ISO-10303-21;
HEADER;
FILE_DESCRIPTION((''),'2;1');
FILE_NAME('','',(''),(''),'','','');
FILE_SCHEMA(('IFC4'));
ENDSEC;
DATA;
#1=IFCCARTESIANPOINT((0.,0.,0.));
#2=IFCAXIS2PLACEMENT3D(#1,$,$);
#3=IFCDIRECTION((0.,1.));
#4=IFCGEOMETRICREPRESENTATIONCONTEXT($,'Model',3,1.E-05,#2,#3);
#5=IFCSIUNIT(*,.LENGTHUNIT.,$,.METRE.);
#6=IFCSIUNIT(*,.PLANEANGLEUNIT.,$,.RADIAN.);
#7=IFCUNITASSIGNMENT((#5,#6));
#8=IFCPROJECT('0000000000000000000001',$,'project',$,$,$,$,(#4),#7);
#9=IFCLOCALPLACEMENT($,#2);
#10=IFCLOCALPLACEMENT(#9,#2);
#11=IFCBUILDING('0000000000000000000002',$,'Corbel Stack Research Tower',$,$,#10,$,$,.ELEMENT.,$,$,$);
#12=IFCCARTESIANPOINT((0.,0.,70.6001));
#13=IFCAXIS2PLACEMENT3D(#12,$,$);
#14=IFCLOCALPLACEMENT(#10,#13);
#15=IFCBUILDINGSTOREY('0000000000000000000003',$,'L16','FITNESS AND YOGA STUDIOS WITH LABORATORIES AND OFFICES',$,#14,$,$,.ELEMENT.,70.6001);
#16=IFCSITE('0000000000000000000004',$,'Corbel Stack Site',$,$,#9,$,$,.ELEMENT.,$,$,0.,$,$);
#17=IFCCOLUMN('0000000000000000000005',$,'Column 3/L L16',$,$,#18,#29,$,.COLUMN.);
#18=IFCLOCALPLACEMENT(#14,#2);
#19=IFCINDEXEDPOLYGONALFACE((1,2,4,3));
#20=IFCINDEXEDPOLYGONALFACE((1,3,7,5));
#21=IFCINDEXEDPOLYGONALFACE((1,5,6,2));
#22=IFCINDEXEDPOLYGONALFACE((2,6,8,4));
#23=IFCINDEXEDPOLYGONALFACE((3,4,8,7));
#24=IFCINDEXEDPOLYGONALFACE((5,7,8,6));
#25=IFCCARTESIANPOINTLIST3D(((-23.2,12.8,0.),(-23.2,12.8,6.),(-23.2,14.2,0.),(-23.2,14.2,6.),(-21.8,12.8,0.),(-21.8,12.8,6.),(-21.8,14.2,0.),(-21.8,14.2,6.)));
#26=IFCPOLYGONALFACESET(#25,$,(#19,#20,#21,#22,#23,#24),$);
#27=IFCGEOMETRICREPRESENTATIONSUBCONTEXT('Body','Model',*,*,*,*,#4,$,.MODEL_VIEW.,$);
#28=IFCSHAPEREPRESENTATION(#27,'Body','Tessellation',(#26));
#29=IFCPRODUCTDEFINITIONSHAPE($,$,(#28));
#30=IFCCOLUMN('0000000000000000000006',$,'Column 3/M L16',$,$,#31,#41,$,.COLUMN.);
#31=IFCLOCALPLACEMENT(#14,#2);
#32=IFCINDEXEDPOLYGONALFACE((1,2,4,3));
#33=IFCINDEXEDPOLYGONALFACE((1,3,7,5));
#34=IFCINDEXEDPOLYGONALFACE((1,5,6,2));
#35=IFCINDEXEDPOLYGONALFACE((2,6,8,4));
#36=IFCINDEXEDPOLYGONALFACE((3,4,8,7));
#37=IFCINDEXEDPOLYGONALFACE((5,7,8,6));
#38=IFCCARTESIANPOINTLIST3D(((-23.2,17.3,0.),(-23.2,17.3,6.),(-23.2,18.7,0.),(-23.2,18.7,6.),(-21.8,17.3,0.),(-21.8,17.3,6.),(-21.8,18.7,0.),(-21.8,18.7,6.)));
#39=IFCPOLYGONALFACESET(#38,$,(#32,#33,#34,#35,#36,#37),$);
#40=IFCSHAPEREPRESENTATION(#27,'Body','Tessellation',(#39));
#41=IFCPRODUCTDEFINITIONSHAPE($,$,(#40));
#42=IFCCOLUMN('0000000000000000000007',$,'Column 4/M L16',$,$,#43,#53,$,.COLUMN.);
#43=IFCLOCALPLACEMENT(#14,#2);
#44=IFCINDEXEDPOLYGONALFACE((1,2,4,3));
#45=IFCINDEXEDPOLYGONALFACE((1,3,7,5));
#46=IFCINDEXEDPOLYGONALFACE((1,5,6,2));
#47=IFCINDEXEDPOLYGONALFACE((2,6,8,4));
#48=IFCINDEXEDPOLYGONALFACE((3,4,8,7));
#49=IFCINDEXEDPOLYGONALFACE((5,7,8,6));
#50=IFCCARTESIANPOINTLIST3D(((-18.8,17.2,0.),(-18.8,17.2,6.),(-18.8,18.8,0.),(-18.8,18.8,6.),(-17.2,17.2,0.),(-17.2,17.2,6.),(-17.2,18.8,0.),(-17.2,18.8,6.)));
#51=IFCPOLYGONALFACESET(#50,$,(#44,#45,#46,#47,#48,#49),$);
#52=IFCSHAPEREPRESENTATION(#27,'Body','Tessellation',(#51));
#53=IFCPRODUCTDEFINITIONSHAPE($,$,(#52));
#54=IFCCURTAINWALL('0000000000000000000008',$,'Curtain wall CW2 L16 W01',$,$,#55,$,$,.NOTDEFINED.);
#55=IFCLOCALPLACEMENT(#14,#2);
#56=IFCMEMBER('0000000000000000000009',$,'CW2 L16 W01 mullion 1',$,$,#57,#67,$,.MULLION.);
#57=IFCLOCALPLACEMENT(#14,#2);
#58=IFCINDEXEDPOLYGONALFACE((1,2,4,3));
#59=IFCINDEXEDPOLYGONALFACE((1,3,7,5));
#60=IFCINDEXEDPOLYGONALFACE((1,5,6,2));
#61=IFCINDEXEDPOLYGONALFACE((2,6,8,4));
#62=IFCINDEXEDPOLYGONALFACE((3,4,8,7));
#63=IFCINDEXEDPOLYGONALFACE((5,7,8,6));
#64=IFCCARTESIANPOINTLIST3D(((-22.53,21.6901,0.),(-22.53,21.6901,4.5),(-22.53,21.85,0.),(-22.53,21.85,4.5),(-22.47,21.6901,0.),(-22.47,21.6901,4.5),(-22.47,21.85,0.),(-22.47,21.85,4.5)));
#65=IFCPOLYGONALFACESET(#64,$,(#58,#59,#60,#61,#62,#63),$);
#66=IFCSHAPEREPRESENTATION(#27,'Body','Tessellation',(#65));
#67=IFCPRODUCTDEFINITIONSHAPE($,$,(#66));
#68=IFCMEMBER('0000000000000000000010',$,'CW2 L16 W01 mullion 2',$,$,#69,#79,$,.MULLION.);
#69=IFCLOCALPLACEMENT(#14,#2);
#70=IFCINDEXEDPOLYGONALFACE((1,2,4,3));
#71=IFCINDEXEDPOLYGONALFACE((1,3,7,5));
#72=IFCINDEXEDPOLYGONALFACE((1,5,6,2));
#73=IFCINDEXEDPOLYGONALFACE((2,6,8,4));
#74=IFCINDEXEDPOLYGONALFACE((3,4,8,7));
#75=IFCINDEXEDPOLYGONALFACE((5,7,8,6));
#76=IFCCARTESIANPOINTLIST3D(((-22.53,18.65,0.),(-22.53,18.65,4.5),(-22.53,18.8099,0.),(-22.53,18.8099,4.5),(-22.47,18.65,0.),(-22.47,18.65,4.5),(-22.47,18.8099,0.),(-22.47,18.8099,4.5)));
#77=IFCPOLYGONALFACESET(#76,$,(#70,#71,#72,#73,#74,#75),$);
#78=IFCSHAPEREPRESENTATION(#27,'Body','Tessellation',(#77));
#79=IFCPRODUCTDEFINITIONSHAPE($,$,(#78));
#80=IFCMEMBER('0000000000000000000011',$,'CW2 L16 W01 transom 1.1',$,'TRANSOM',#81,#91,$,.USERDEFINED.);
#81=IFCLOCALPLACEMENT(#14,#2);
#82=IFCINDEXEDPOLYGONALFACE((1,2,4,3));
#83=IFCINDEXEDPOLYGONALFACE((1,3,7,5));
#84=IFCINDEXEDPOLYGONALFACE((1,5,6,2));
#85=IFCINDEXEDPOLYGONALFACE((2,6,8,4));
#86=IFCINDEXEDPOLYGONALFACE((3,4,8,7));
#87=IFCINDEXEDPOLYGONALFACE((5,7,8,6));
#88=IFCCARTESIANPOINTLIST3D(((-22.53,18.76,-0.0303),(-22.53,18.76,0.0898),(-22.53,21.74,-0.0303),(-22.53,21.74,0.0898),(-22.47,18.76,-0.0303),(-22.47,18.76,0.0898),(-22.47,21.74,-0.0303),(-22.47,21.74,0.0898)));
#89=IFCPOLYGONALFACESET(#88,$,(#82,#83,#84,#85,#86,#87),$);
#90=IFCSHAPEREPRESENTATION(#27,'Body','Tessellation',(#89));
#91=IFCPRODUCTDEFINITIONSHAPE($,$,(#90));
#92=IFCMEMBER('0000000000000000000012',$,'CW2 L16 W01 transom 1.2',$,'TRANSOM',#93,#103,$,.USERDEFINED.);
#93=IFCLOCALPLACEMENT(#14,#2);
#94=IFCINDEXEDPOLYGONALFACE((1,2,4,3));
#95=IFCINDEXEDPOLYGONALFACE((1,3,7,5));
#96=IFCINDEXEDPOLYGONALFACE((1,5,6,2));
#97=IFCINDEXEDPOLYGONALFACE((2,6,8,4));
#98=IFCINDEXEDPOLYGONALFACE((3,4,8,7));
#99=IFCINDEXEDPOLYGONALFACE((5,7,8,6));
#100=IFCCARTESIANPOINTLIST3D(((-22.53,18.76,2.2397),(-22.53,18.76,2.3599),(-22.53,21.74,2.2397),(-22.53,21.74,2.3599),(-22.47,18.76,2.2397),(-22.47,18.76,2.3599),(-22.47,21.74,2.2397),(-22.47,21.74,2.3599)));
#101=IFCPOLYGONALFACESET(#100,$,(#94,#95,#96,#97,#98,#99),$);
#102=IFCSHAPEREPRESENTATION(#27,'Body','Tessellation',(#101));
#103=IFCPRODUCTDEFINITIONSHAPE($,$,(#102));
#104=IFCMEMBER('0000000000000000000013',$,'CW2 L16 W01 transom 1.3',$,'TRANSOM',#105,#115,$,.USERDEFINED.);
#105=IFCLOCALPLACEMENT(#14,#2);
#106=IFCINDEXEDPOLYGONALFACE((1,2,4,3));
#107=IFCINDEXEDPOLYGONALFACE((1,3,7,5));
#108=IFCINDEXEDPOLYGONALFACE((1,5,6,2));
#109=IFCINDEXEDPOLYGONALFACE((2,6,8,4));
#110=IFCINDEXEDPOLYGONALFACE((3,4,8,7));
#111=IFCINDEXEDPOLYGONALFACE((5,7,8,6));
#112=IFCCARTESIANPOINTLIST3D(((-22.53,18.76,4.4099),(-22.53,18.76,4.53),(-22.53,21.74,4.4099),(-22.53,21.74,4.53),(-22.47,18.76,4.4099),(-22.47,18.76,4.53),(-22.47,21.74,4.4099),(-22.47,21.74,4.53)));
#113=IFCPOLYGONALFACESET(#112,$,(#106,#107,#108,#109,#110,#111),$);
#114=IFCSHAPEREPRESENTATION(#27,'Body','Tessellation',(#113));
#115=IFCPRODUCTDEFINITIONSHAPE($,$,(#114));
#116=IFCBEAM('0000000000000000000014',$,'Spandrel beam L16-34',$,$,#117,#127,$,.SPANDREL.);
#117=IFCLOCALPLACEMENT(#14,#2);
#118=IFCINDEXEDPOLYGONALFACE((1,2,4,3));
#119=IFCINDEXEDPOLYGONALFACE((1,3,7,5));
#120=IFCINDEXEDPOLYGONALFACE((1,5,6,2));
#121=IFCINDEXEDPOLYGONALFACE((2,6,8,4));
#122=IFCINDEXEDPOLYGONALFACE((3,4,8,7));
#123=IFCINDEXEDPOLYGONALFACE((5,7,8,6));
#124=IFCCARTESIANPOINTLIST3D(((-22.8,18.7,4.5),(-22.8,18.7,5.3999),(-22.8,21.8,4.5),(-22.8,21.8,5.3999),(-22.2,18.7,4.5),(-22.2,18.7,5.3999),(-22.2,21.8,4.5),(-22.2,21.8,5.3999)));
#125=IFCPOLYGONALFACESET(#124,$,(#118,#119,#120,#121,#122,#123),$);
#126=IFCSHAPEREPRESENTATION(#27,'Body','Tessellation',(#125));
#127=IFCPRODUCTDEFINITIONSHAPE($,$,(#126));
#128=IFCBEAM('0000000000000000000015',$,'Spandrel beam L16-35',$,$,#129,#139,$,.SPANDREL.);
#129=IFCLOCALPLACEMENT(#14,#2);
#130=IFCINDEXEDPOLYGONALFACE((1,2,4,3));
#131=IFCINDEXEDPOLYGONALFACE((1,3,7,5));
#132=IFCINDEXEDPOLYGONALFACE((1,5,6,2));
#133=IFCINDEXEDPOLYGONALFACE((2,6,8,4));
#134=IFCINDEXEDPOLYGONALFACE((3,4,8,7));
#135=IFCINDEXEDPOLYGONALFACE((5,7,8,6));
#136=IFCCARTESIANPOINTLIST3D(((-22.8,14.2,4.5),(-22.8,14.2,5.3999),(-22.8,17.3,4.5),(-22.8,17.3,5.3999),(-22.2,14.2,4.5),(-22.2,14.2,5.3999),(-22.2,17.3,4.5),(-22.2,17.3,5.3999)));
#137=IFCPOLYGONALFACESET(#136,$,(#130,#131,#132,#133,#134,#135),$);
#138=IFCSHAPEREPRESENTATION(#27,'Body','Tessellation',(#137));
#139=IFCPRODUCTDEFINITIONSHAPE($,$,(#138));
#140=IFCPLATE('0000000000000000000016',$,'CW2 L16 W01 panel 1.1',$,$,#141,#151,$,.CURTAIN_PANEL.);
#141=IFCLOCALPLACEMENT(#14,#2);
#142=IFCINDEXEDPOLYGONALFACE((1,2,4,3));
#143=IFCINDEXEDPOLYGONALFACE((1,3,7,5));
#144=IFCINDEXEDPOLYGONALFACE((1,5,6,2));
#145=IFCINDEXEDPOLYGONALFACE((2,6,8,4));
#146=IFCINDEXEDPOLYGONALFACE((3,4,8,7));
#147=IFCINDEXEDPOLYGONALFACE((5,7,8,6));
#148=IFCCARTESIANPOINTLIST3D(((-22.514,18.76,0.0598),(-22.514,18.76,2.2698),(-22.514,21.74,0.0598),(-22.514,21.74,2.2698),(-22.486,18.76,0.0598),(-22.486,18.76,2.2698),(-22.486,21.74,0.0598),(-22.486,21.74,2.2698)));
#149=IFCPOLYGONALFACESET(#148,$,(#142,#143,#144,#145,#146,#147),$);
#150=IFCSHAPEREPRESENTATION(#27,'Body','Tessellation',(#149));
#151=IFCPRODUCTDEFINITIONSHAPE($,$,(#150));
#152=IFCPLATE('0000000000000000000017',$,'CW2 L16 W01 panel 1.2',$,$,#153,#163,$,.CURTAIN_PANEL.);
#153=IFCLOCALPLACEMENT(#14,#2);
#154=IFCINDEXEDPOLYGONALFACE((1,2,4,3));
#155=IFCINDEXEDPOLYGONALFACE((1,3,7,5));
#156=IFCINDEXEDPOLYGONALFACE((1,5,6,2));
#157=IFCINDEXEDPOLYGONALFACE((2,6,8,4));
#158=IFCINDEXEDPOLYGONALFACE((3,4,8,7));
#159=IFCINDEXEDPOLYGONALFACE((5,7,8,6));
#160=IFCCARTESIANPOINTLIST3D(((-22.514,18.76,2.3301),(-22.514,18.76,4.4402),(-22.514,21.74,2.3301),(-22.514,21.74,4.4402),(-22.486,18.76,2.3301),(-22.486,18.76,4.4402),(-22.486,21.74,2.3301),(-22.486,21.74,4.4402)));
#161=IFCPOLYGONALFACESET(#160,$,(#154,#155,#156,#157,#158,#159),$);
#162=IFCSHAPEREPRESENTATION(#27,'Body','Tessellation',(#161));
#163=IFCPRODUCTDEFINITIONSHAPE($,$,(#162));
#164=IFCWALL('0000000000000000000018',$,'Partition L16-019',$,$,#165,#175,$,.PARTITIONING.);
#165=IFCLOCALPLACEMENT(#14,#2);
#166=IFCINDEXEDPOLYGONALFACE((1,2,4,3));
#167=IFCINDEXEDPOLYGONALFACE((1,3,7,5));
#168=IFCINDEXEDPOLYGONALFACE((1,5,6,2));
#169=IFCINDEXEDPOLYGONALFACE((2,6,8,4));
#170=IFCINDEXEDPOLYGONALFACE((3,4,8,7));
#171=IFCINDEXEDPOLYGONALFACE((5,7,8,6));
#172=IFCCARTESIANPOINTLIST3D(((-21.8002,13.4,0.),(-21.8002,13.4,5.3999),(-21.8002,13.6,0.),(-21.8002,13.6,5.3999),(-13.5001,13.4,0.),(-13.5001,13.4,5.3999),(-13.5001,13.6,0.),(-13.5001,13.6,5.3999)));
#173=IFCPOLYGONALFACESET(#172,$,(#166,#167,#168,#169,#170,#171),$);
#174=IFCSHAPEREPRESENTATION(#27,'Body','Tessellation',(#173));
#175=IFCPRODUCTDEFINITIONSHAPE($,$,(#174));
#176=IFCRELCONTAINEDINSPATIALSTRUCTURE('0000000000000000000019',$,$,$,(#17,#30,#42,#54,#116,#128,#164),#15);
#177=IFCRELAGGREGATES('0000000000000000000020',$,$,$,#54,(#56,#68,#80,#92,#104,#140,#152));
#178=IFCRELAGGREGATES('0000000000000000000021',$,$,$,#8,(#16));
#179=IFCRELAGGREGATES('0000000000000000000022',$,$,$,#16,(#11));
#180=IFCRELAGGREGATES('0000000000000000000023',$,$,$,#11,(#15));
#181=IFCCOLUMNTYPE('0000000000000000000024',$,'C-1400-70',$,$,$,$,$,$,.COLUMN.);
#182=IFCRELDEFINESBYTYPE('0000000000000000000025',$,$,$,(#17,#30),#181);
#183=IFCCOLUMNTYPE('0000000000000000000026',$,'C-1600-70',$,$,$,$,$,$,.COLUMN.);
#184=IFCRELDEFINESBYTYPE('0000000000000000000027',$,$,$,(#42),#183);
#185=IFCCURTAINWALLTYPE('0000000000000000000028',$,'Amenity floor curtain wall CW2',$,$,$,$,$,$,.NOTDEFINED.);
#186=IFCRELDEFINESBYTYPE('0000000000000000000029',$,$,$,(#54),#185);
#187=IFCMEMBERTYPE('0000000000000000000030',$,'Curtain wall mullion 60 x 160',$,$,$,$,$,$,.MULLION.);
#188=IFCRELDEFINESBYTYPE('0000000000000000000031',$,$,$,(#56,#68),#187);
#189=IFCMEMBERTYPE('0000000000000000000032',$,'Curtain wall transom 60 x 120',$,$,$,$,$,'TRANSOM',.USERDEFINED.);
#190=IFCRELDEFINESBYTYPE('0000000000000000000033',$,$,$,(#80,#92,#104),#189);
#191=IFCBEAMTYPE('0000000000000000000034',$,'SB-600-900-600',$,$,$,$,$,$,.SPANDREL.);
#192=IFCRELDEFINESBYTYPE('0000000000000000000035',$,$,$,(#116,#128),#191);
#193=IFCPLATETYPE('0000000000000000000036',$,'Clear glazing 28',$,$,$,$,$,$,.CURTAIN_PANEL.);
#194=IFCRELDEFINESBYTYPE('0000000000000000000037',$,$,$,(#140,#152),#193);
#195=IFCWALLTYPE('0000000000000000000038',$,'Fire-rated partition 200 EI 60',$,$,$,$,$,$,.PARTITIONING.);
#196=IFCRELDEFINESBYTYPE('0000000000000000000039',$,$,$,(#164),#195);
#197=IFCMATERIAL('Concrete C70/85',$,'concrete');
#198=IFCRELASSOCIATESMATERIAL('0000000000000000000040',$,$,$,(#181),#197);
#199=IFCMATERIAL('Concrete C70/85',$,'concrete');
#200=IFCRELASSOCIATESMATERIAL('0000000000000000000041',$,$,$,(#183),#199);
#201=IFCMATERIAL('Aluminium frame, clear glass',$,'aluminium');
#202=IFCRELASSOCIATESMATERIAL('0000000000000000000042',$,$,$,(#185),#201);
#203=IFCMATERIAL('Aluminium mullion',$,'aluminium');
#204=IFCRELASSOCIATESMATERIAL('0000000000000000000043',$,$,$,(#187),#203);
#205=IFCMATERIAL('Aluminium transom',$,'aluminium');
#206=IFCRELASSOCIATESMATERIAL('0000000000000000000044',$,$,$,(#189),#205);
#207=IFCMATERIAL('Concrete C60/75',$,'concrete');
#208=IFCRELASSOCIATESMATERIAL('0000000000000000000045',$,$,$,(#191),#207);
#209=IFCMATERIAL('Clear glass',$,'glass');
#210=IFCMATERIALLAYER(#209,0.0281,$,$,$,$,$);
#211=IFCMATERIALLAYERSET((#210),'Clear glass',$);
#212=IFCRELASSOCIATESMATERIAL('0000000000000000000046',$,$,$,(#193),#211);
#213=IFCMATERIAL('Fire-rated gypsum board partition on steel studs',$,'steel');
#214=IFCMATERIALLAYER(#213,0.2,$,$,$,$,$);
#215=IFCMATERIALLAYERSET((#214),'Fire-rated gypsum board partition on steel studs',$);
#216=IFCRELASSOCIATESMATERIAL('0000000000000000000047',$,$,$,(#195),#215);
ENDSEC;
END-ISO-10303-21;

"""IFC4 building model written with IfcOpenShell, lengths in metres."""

from ifc_helpers import new_model, si_unit, direction, frame, frame_2d, origin, origin_2d, place, context, subcontext, project, spatial, rectangle, extrude, material, layer, layer_set, material_profile, profile_set, type_object, element, aggregate, save


model = new_model("IFC4")

# Units and contexts
model_context = context("Model", 3, precision=1e-05, world=origin(), true_north=direction((0.0, 1.0)))
body_context = subcontext(model_context, "Body", "Model", "MODEL_VIEW")
ifc_project = project(units=[si_unit("LENGTHUNIT", "METRE"), si_unit("PLANEANGLEUNIT", "RADIAN")], contexts=[model_context])

# Site, building, storey
site_placement = place(None, origin())
site = spatial("IfcSite", under=ifc_project, at=site_placement, Name="Corbel Stack Site", CompositionType="ELEMENT", RefElevation=0.0)
building_placement = place(site_placement, origin())
building = spatial("IfcBuilding", under=site, at=building_placement, Name="Corbel Stack Research Tower", CompositionType="ELEMENT")
storey_placement = place(building_placement, frame((0.0, 0.0, 70.6001)))
storey = spatial("IfcBuildingStorey", under=building, at=storey_placement, Name="L16", Description="FITNESS AND YOGA STUDIOS WITH LABORATORIES AND OFFICES", CompositionType="ELEMENT", Elevation=70.6001)

# Columns
ifc_material_1 = material(Name="Concrete C70/85", Category="concrete")
ifc_material_profile_1 = material_profile(ifc_material_1, rectangle(XDim=1.3999, YDim=1.3999, at=origin_2d()), Name="RC 1400 x 1400")
ifc_profile_set_1 = profile_set([ifc_material_profile_1], Name="Concrete C70/85")
column_type_1 = type_object("IfcColumnType", Name="C-1400-70", PredefinedType="COLUMN", material=ifc_profile_set_1)
for number, where, z_axis, x_axis, name in (
    (1, (-22.5, 13.5, 0.0), (0.0, 0.0, 1.0), (1.0, 0.0, 0.0), "Column 3/L L16"),
    (2, (-22.5, 18.0, 0.0), (0.0, 0.0, 1.0), (1.0, 0.0, 0.0), "Column 3/M L16"),
):
    element("IfcColumn", number, at=place(storey_placement, frame(where, z_axis=z_axis, x_axis=x_axis)), inside=storey, type_object=column_type_1, Name=name, PredefinedType="COLUMN", context=body_context, shape_type="SweptSolid", body=[
        extrude(rectangle(XDim=1.3999, YDim=1.3999, at=origin_2d()), origin(), (0.0, 0.0, 1.0), 6.0),
    ])
ifc_material_2 = material(Name="Concrete C70/85", Category="concrete")
ifc_material_profile_2 = material_profile(ifc_material_2, rectangle(XDim=1.6001, YDim=1.6001, at=origin_2d()), Name="RC 1600 x 1600")
ifc_profile_set_2 = profile_set([ifc_material_profile_2], Name="Concrete C70/85")
column_type_2 = type_object("IfcColumnType", Name="C-1600-70", PredefinedType="COLUMN", material=ifc_profile_set_2)
column_placement = place(storey_placement, frame((-18.0, 18.0, 0.0), z_axis=(0.0, 0.0, 1.0), x_axis=(1.0, 0.0, 0.0)))
element("IfcColumn", 3, at=column_placement, inside=storey, type_object=column_type_2, Name="Column 4/M L16", PredefinedType="COLUMN", context=body_context, shape_type="SweptSolid", body=[
    extrude(rectangle(XDim=1.6001, YDim=1.6001, at=origin_2d()), origin(), (0.0, 0.0, 1.0), 6.0),
])

# Curtain wall, members
ifc_material_3 = material(Name="Aluminium frame, clear glass", Category="aluminium")
curtain_wall_type = type_object("IfcCurtainWallType", Name="Amenity floor curtain wall CW2", PredefinedType="NOTDEFINED", material=ifc_material_3)
curtain_wall_placement = place(storey_placement, origin())
curtain_wall = element("IfcCurtainWall", 4, at=curtain_wall_placement, inside=storey, type_object=curtain_wall_type, Name="Curtain wall CW2 L16 W01", PredefinedType="NOTDEFINED")
ifc_material_4 = material(Name="Aluminium mullion", Category="aluminium")
ifc_material_profile_3 = material_profile(ifc_material_4, rectangle(XDim=0.0601, YDim=0.1599, at=origin_2d()), Name="Mullion 60 x 160")
ifc_profile_set_3 = profile_set([ifc_material_profile_3], Name="Aluminium mullion")
member_type_1 = type_object("IfcMemberType", Name="Curtain wall mullion 60 x 160", PredefinedType="MULLION", material=ifc_profile_set_3)
member_1_placement = place(storey_placement, frame((-22.5, 21.77, 0.0), z_axis=(0.0, 0.0, 1.0), x_axis=(1.0, 0.0, 0.0)))
member_1 = element("IfcMember", 5, at=member_1_placement, type_object=member_type_1, Name="CW2 L16 W01 mullion 1", PredefinedType="MULLION", context=body_context, shape_type="SweptSolid", body=[
    extrude(rectangle(XDim=0.0601, YDim=0.1599, at=origin_2d()), origin(), (0.0, 0.0, 1.0), 4.5),
])
member_2_placement = place(storey_placement, frame((-22.5, 18.73, 0.0), z_axis=(0.0, 0.0, 1.0), x_axis=(1.0, 0.0, 0.0)))
member_2 = element("IfcMember", 6, at=member_2_placement, type_object=member_type_1, Name="CW2 L16 W01 mullion 2", PredefinedType="MULLION", context=body_context, shape_type="SweptSolid", body=[
    extrude(rectangle(XDim=0.0601, YDim=0.1599, at=origin_2d()), origin(), (0.0, 0.0, 1.0), 4.5),
])
ifc_material_5 = material(Name="Aluminium transom", Category="aluminium")
ifc_material_profile_4 = material_profile(ifc_material_5, rectangle(XDim=0.0601, YDim=0.1201, at=origin_2d()), Name="Transom 60 x 120")
ifc_profile_set_4 = profile_set([ifc_material_profile_4], Name="Aluminium transom")
member_type_2 = type_object("IfcMemberType", Name="Curtain wall transom 60 x 120", ElementType="TRANSOM", PredefinedType="USERDEFINED", material=ifc_profile_set_4)
member_3_placement = place(storey_placement, frame((-22.5, 21.74, 0.0298), z_axis=(0.0, -1.0, 0.0), x_axis=(1.0, 0.0, 0.0)))
member_3 = element("IfcMember", 7, at=member_3_placement, type_object=member_type_2, Name="CW2 L16 W01 transom 1.1", ObjectType="TRANSOM", PredefinedType="USERDEFINED", context=body_context, shape_type="SweptSolid", body=[
    extrude(rectangle(XDim=0.0601, YDim=0.1201, at=origin_2d()), origin(), (0.0, 0.0, 1.0), 2.98),
])
member_4_placement = place(storey_placement, frame((-22.5, 21.74, 2.2998), z_axis=(0.0, -1.0, 0.0), x_axis=(1.0, 0.0, 0.0)))
member_4 = element("IfcMember", 8, at=member_4_placement, type_object=member_type_2, Name="CW2 L16 W01 transom 1.2", ObjectType="TRANSOM", PredefinedType="USERDEFINED", context=body_context, shape_type="SweptSolid", body=[
    extrude(rectangle(XDim=0.0601, YDim=0.1201, at=origin_2d()), origin(), (0.0, 0.0, 1.0), 2.98),
])
member_5_placement = place(storey_placement, frame((-22.5, 21.74, 4.47), z_axis=(0.0, -1.0, 0.0), x_axis=(1.0, 0.0, 0.0)))
member_5 = element("IfcMember", 9, at=member_5_placement, type_object=member_type_2, Name="CW2 L16 W01 transom 1.3", ObjectType="TRANSOM", PredefinedType="USERDEFINED", context=body_context, shape_type="SweptSolid", body=[
    extrude(rectangle(XDim=0.0601, YDim=0.1201, at=origin_2d()), origin(), (0.0, 0.0, 1.0), 2.98),
])

# Beams
ifc_material_6 = material(Name="Concrete C60/75", Category="concrete")
ifc_material_profile_5 = material_profile(ifc_material_6, rectangle(XDim=0.6001, YDim=0.8999, at=origin_2d()), Name="RC 600 x 900")
ifc_profile_set_5 = profile_set([ifc_material_profile_5], Name="Concrete C60/75")
beam_type = type_object("IfcBeamType", Name="SB-600-900-600", PredefinedType="SPANDREL", material=ifc_profile_set_5)
for number, where, z_axis, x_axis, name in (
    (10, (-22.5, 21.8, 4.95), (0.0, -1.0, 0.0), (1.0, 0.0, 0.0), "Spandrel beam L16-34"),
    (11, (-22.5, 17.3, 4.95), (0.0, -1.0, 0.0), (1.0, 0.0, 0.0), "Spandrel beam L16-35"),
):
    element("IfcBeam", number, at=place(storey_placement, frame(where, z_axis=z_axis, x_axis=x_axis)), inside=storey, type_object=beam_type, Name=name, PredefinedType="SPANDREL", context=body_context, shape_type="SweptSolid", body=[
        extrude(rectangle(XDim=0.6001, YDim=0.8999, at=origin_2d()), origin(), (0.0, 0.0, 1.0), 3.1001),
    ])

# Plates
ifc_material_7 = material(Name="Clear glass", Category="glass")
ifc_layer_1 = layer(ifc_material_7, 0.0281)
ifc_layer_set_1 = layer_set([ifc_layer_1], Name="Clear glass")
plate_type = type_object("IfcPlateType", Name="Clear glazing 28", PredefinedType="CURTAIN_PANEL", material=ifc_layer_set_1)
plate_1_placement = place(storey_placement, frame((-22.5, 20.25, 0.0598), z_axis=(0.0, 0.0, 1.0), x_axis=(0.0, -1.0, 0.0)))
plate_1 = element("IfcPlate", 12, at=plate_1_placement, type_object=plate_type, Name="CW2 L16 W01 panel 1.1", PredefinedType="CURTAIN_PANEL", context=body_context, shape_type="SweptSolid", body=[
    extrude(rectangle(XDim=2.98, YDim=0.0281, at=origin_2d()), origin(), (0.0, 0.0, 1.0), 2.21),
])
plate_2_placement = place(storey_placement, frame((-22.5, 20.25, 2.3301), z_axis=(0.0, 0.0, 1.0), x_axis=(0.0, -1.0, 0.0)))
plate_2 = element("IfcPlate", 13, at=plate_2_placement, type_object=plate_type, Name="CW2 L16 W01 panel 1.2", PredefinedType="CURTAIN_PANEL", context=body_context, shape_type="SweptSolid", body=[
    extrude(rectangle(XDim=2.98, YDim=0.0281, at=origin_2d()), origin(), (0.0, 0.0, 1.0), 2.1101),
])
aggregate(curtain_wall, [member_1, member_2, member_3, member_4, member_5, plate_1, plate_2])

# Wall
ifc_material_8 = material(Name="Fire-rated gypsum board partition on steel studs", Category="steel")
ifc_layer_2 = layer(ifc_material_8, 0.2)
ifc_layer_set_2 = layer_set([ifc_layer_2], Name="Fire-rated gypsum board partition on steel studs")
wall_type_1 = type_object("IfcWallType", Name="Fire-rated partition 200 EI 60", PredefinedType="PARTITIONING", material=ifc_layer_set_2)
wall_1_placement = place(storey_placement, frame((-21.8, 13.5, 0.0), z_axis=(0.0, 0.0, 1.0), x_axis=(1.0, 0.0, 0.0)))
element("IfcWall", 14, at=wall_1_placement, inside=storey, type_object=wall_type_1, Name="Partition L16-019", PredefinedType="PARTITIONING", context=body_context, shape_type="SweptSolid", body=[
    extrude(rectangle(XDim=8.3, YDim=0.2, at=frame_2d((4.1499, 0.0))), origin(), (0.0, 0.0, 1.0), 5.3999),
])

save(model, "model.ifc")
